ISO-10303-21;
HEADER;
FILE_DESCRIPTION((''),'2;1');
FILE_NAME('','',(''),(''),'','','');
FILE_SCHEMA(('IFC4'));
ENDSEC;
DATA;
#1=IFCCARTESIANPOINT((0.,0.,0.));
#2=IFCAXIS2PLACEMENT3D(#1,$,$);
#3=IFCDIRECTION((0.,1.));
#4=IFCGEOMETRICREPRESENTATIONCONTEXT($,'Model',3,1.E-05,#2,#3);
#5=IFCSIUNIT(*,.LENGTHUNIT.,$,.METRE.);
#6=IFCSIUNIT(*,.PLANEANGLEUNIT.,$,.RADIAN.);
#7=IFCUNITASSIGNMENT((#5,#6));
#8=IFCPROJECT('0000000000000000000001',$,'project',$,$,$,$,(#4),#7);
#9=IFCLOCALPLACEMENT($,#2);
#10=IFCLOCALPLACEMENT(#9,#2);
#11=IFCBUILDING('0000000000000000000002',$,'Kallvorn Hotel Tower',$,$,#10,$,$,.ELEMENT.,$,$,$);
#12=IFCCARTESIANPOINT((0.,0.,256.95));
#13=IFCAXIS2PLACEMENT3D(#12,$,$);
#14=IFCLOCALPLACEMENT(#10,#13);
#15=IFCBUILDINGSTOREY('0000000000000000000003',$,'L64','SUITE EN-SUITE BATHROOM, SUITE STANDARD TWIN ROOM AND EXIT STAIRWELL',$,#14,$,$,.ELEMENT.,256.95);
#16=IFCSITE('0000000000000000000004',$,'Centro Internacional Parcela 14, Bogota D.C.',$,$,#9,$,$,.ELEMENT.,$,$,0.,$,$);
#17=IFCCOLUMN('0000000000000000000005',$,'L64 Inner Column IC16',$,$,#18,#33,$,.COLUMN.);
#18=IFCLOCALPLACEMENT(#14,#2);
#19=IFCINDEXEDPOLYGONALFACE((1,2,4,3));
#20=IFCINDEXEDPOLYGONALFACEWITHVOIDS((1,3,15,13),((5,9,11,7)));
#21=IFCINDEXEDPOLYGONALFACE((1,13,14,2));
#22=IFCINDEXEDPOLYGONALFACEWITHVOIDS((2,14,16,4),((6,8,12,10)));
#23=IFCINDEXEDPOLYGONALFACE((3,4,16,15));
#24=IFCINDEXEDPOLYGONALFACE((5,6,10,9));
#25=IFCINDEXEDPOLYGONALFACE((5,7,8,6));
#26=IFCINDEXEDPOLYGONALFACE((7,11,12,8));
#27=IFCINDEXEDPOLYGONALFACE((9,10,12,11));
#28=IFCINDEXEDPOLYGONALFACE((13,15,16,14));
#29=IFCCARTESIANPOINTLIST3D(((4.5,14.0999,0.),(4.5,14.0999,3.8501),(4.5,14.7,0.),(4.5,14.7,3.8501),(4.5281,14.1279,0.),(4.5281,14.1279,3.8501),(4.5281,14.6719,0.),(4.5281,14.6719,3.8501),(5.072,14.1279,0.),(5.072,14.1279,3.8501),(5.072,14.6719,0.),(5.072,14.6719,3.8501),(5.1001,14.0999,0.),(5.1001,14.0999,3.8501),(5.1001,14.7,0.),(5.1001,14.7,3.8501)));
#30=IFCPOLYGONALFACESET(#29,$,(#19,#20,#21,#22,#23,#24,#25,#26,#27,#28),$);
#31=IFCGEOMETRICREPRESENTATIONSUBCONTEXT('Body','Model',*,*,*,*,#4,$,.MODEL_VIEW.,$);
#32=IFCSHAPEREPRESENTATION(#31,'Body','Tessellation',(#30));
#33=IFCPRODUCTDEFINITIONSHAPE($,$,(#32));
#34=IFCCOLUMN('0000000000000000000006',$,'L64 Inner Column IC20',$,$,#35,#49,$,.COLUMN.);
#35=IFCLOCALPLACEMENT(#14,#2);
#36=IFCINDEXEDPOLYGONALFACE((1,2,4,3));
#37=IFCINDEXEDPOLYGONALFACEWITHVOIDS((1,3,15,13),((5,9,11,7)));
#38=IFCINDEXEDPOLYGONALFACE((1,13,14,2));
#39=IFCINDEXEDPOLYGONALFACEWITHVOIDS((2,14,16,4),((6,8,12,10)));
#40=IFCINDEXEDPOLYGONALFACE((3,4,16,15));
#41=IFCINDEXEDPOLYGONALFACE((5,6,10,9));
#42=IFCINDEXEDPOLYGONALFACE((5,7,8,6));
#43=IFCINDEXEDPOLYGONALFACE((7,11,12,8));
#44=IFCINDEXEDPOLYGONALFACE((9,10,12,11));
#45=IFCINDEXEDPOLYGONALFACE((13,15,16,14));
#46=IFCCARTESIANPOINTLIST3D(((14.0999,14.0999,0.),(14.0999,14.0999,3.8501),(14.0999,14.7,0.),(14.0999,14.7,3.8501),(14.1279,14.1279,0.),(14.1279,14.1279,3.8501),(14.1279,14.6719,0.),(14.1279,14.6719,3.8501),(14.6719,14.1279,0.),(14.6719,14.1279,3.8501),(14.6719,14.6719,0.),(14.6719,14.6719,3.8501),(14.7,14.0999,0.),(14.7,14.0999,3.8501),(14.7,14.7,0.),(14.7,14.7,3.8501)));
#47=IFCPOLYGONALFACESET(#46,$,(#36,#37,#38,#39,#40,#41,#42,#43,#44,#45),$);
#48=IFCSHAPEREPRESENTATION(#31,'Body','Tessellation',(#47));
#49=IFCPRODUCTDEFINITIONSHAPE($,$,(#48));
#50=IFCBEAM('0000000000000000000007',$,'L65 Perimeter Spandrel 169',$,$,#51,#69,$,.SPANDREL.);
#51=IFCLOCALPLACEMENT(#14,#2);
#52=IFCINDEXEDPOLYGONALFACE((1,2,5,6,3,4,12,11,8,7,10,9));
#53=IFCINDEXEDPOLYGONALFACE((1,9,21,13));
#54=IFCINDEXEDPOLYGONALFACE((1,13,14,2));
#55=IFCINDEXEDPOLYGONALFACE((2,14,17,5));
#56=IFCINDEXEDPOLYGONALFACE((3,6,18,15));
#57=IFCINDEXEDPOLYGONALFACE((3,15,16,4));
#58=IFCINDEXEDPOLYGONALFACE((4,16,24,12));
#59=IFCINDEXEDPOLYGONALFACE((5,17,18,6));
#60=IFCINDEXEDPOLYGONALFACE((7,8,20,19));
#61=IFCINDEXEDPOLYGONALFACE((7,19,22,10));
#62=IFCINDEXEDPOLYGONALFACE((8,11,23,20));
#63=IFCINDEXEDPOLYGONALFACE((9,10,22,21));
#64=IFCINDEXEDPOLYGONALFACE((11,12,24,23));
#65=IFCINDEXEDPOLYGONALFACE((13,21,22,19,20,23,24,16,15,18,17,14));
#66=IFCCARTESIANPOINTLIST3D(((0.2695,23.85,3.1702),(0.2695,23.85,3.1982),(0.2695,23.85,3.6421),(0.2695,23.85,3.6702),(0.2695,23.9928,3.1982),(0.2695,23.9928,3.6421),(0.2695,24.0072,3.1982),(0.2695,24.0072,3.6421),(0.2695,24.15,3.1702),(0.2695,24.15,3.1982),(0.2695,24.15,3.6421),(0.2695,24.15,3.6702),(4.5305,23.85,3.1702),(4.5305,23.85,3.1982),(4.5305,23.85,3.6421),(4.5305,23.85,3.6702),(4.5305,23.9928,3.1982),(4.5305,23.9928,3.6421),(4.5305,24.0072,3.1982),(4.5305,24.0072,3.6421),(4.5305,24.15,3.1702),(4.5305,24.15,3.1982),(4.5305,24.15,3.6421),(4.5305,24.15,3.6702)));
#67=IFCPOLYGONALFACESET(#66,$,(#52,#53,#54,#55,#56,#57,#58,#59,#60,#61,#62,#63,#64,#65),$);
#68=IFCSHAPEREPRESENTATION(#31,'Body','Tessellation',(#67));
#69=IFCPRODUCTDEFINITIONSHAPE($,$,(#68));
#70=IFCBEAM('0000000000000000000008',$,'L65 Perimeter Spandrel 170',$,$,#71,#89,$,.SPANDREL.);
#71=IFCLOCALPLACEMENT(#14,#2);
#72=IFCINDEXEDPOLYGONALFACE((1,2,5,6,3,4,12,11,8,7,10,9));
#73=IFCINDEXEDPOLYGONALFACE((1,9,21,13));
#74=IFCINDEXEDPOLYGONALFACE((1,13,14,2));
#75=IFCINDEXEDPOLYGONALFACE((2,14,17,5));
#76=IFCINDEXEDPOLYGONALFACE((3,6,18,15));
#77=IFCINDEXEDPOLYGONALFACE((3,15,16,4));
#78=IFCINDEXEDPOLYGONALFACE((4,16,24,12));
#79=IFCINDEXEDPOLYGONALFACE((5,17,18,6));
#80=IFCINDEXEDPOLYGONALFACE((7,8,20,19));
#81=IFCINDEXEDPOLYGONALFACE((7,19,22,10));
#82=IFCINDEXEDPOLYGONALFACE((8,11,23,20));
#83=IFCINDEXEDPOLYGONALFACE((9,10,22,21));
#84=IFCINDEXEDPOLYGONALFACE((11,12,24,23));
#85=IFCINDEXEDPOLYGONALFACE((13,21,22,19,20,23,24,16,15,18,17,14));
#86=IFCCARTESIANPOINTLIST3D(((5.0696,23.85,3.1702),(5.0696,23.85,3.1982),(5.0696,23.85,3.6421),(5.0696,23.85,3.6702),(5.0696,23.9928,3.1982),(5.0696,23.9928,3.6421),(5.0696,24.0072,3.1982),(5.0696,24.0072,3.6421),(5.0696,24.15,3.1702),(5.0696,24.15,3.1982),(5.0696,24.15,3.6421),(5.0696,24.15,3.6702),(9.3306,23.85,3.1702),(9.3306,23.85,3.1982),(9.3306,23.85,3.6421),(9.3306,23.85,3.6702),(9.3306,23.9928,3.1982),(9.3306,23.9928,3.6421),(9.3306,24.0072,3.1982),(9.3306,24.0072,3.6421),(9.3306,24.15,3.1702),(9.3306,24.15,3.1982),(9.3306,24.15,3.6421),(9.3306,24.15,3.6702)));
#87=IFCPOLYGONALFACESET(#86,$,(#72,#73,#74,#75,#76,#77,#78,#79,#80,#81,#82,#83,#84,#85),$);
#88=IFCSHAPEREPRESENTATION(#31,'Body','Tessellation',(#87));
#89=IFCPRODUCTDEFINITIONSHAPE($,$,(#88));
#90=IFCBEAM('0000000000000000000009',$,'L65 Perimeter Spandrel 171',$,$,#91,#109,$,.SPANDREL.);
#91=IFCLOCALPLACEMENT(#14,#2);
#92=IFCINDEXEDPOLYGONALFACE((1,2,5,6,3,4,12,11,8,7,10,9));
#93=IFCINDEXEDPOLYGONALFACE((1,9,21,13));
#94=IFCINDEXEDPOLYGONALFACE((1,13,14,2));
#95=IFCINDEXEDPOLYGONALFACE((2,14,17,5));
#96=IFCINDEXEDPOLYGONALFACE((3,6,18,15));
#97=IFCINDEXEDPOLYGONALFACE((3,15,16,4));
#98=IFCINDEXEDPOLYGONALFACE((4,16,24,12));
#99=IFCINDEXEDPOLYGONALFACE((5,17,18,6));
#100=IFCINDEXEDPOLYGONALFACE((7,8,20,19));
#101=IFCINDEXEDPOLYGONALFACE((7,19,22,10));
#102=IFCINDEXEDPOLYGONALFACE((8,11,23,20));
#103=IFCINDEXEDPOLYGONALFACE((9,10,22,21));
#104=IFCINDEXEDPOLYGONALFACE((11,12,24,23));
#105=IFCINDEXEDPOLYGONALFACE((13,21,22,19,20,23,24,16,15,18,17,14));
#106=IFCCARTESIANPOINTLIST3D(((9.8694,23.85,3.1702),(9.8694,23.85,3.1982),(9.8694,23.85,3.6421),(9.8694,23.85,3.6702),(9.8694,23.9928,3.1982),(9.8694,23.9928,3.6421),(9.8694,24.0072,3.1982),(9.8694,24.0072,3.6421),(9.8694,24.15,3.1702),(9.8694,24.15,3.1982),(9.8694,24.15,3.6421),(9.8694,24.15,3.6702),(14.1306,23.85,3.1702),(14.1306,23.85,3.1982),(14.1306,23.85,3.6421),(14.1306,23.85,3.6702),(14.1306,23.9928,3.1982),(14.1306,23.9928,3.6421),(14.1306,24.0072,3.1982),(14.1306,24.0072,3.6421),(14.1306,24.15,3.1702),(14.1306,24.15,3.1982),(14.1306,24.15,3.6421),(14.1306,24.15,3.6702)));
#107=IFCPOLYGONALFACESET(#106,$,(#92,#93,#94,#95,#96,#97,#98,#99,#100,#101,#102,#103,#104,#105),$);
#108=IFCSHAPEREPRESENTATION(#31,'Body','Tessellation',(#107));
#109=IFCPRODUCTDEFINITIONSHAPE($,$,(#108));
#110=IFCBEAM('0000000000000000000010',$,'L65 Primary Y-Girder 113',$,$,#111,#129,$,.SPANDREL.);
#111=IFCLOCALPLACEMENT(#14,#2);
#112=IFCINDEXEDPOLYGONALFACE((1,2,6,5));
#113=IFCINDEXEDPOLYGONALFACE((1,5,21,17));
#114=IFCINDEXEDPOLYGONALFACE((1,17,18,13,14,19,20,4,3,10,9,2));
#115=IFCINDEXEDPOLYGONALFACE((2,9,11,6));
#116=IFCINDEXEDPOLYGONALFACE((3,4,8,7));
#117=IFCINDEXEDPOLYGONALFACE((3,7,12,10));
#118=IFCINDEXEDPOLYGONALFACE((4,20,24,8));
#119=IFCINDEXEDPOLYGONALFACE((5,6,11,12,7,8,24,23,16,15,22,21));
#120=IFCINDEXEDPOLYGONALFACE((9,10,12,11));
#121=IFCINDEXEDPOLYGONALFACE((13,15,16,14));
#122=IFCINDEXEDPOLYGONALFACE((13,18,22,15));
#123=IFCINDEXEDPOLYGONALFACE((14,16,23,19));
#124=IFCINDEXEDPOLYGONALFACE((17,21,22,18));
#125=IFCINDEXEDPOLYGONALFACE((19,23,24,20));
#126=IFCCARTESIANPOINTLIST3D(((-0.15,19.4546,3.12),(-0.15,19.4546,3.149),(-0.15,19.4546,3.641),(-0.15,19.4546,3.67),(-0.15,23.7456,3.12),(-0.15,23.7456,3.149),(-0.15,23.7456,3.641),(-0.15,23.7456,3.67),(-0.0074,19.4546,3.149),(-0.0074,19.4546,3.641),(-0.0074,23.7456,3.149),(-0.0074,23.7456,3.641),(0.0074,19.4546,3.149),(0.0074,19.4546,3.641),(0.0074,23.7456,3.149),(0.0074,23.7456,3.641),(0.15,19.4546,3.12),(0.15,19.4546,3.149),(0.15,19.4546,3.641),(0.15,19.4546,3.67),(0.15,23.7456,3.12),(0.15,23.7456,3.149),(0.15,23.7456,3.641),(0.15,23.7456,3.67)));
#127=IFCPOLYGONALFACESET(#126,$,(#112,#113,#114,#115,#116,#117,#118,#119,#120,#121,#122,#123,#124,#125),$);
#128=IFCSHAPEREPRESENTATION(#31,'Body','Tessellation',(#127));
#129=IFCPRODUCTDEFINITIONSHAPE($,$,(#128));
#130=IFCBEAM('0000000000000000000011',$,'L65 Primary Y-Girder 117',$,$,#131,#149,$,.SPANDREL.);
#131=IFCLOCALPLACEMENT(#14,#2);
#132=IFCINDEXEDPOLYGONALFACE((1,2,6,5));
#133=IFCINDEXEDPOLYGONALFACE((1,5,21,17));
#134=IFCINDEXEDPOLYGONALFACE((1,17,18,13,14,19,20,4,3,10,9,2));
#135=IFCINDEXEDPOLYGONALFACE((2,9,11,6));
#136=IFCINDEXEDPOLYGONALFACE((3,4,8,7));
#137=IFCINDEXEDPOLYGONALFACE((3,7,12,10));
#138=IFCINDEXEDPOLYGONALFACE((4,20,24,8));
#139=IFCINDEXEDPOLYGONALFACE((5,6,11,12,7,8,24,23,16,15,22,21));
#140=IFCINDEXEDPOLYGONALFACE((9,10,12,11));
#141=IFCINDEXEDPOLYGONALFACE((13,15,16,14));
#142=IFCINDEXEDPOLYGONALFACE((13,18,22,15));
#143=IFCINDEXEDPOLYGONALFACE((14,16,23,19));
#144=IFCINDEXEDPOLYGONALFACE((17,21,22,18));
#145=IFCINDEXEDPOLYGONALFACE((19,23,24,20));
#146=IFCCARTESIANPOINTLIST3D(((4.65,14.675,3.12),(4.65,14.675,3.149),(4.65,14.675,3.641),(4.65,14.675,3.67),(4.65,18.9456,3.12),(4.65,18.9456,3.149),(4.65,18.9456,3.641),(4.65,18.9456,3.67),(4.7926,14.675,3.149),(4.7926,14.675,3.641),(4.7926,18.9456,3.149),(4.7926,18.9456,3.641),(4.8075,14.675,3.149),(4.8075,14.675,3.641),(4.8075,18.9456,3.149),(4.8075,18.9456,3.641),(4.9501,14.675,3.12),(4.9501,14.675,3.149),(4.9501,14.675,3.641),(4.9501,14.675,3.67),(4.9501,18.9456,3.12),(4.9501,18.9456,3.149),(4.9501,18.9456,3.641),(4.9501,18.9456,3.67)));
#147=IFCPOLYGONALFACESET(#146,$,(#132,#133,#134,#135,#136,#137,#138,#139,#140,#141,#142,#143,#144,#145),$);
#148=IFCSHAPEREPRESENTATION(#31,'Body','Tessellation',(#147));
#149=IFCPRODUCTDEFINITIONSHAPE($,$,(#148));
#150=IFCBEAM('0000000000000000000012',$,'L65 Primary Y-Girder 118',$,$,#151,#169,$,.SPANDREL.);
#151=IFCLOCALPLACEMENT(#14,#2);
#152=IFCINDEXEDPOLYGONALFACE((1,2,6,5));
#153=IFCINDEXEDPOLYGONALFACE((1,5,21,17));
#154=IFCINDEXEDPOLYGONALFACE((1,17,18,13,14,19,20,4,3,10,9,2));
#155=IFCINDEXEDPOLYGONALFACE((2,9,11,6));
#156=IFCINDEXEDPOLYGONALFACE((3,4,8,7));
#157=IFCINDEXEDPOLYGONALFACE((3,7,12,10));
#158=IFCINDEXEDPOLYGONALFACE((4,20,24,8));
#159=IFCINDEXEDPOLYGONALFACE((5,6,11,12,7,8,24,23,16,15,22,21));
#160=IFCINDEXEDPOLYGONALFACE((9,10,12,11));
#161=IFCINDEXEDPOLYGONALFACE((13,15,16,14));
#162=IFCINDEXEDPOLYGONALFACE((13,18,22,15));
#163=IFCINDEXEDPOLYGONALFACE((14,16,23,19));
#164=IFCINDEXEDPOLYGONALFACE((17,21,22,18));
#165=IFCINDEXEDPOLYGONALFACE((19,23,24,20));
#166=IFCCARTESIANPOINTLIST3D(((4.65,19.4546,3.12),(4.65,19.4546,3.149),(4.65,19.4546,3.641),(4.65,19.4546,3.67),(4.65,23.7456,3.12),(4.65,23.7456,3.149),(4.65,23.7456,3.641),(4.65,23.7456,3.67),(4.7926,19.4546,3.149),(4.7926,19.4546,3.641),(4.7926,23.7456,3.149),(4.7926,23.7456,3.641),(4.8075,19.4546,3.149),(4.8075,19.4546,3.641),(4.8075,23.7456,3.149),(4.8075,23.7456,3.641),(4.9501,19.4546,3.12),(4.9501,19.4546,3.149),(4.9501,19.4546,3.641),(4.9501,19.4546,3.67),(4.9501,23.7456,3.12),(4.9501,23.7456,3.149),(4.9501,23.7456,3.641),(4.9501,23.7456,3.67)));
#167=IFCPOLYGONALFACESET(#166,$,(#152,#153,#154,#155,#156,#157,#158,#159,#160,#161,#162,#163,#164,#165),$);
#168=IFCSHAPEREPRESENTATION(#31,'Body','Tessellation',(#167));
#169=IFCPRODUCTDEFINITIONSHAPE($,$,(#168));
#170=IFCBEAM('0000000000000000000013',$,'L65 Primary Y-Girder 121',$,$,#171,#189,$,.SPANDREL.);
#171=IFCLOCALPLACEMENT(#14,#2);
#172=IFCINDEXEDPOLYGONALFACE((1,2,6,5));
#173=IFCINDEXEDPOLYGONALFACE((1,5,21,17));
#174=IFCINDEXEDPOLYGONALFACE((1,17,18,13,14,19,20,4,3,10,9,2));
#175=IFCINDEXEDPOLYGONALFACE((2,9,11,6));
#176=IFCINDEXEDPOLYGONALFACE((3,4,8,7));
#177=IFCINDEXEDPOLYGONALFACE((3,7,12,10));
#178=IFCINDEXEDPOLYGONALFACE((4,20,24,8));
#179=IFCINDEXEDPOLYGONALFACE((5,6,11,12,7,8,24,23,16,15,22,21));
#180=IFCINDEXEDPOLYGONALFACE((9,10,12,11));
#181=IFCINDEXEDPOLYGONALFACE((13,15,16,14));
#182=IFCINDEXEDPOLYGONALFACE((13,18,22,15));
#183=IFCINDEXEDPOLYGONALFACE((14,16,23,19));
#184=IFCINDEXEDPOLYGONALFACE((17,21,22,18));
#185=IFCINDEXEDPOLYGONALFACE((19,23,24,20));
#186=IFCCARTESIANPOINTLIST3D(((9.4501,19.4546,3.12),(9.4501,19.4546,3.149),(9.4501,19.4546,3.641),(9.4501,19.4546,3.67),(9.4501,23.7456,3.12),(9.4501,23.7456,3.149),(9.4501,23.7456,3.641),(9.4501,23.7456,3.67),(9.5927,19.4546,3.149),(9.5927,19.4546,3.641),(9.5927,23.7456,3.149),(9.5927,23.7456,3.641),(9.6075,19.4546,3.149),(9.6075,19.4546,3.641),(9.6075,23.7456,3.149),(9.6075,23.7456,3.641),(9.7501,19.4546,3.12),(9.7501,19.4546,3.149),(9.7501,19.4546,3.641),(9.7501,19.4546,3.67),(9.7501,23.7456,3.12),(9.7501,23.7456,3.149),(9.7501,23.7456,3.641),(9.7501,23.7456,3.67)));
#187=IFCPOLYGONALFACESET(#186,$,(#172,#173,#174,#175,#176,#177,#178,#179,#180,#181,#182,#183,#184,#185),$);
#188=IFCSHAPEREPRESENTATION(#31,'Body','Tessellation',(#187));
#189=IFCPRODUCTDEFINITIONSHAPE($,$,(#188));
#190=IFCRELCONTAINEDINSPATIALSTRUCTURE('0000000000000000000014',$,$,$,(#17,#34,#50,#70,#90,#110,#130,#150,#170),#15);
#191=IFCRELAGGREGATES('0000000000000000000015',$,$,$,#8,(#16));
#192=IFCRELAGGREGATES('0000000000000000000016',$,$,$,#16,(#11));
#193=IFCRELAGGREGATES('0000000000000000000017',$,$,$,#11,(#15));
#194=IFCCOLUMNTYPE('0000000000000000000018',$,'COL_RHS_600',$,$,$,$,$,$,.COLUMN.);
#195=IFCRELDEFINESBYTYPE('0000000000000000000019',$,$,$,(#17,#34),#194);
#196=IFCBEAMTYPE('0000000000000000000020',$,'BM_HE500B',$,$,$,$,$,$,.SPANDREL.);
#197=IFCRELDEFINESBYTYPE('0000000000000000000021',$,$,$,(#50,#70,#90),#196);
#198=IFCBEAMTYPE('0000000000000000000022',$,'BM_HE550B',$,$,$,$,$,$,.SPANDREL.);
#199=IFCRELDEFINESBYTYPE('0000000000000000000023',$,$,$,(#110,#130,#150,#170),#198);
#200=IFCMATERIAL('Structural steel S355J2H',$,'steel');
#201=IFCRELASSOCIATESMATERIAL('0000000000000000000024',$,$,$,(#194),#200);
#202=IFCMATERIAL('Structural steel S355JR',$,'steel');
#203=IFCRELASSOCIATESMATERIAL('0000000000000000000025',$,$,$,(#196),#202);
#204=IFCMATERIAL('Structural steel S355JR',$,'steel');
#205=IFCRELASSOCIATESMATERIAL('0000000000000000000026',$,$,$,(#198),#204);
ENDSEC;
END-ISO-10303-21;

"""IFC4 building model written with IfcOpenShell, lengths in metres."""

from ifc_helpers import new_model, si_unit, direction, frame, origin, origin_2d, place, context, subcontext, project, spatial, hollow_rectangle, i_section, extrude, material, material_profile, profile_set, type_object, element, save


model = new_model("IFC4")

# Units and contexts
model_context = context("Model", 3, precision=1e-05, world=origin(), true_north=direction((0.0, 1.0)))
body_context = subcontext(model_context, "Body", "Model", "MODEL_VIEW")
ifc_project = project(units=[si_unit("LENGTHUNIT", "METRE"), si_unit("PLANEANGLEUNIT", "RADIAN")], contexts=[model_context])

# Site, building, storey
site_placement = place(None, origin())
site = spatial("IfcSite", under=ifc_project, at=site_placement, Name="Centro Internacional Parcela 14, Bogota D.C.", CompositionType="ELEMENT", RefElevation=0.0)
building_placement = place(site_placement, origin())
building = spatial("IfcBuilding", under=site, at=building_placement, Name="Kallvorn Hotel Tower", CompositionType="ELEMENT")
storey_placement = place(building_placement, frame((0.0, 0.0, 256.95)))
storey = spatial("IfcBuildingStorey", under=building, at=storey_placement, Name="L64", Description="SUITE EN-SUITE BATHROOM, SUITE STANDARD TWIN ROOM AND EXIT STAIRWELL", CompositionType="ELEMENT", Elevation=256.95)

# Columns
ifc_material_1 = material(Name="Structural steel S355J2H", Category="steel")
ifc_material_profile_1 = material_profile(ifc_material_1, hollow_rectangle(XDim=0.6001, YDim=0.6001, WallThickness=0.0281, at=origin_2d()), Name="RHS 600x600x28")
ifc_profile_set_1 = profile_set([ifc_material_profile_1], Name="Structural steel S355J2H")
column_type_1 = type_object("IfcColumnType", Name="COL_RHS_600", PredefinedType="COLUMN", material=ifc_profile_set_1)
for number, where, z_axis, x_axis, name in (
    (1, (4.8, 14.3999, 0.0), (0.0, 0.0, 1.0), (1.0, 0.0, 0.0), "L64 Inner Column IC16"),
    (2, (14.3999, 14.3999, 0.0), (0.0, 0.0, 1.0), (1.0, 0.0, 0.0), "L64 Inner Column IC20"),
):
    element("IfcColumn", number, at=place(storey_placement, frame(where, z_axis=z_axis, x_axis=x_axis)), inside=storey, type_object=column_type_1, Name=name, PredefinedType="COLUMN", context=body_context, shape_type="SweptSolid", body=[
        extrude(hollow_rectangle(XDim=0.6001, YDim=0.6001, WallThickness=0.0281, at=origin_2d()), origin(), (0.0, 0.0, 1.0), 3.8501),
    ])

# Beams
ifc_material_2 = material(Name="Structural steel S355JR", Category="steel")
ifc_material_profile_2 = material_profile(ifc_material_2, i_section(OverallWidth=0.3, OverallDepth=0.5, WebThickness=0.0144, FlangeThickness=0.0281, at=origin_2d()), Name="HE 500 B")
ifc_profile_set_2 = profile_set([ifc_material_profile_2], Name="Structural steel S355JR")
beam_type_1 = type_object("IfcBeamType", Name="BM_HE500B", PredefinedType="SPANDREL", material=ifc_profile_set_2)
for number, where, z_axis, x_axis, name in (
    (3, (0.2695, 24.0, 3.4202), (1.0, 0.0, 0.0), (0.0, 1.0, 0.0), "L65 Perimeter Spandrel 169"),
    (4, (5.0696, 24.0, 3.4202), (1.0, 0.0, 0.0), (0.0, 1.0, 0.0), "L65 Perimeter Spandrel 170"),
):
    element("IfcBeam", number, at=place(storey_placement, frame(where, z_axis=z_axis, x_axis=x_axis)), inside=storey, type_object=beam_type_1, Name=name, PredefinedType="SPANDREL", context=body_context, shape_type="SweptSolid", body=[
        extrude(i_section(OverallWidth=0.3, OverallDepth=0.5, WebThickness=0.0144, FlangeThickness=0.0281, at=origin_2d()), origin(), (0.0, 0.0, 1.0), 4.261),
    ])
beam_1_placement = place(storey_placement, frame((9.8694, 24.0, 3.4202), z_axis=(1.0, 0.0, 0.0), x_axis=(0.0, 1.0, 0.0)))
element("IfcBeam", 5, at=beam_1_placement, inside=storey, type_object=beam_type_1, Name="L65 Perimeter Spandrel 171", PredefinedType="SPANDREL", context=body_context, shape_type="SweptSolid", body=[
    extrude(i_section(OverallWidth=0.3, OverallDepth=0.5, WebThickness=0.0144, FlangeThickness=0.0281, at=origin_2d()), origin(), (0.0, 0.0, 1.0), 4.2612),
])
ifc_material_3 = material(Name="Structural steel S355JR", Category="steel")
ifc_material_profile_3 = material_profile(ifc_material_3, i_section(OverallWidth=0.3, OverallDepth=0.55, WebThickness=0.0149, FlangeThickness=0.0291, at=origin_2d()), Name="HE 550 B")
ifc_profile_set_3 = profile_set([ifc_material_profile_3], Name="Structural steel S355JR")
beam_type_2 = type_object("IfcBeamType", Name="BM_HE550B", PredefinedType="SPANDREL", material=ifc_profile_set_3)
beam_2_placement = place(storey_placement, frame((0.0, 19.4546, 3.395), z_axis=(0.0, 1.0, 0.0), x_axis=(-1.0, 0.0, 0.0)))
element("IfcBeam", 6, at=beam_2_placement, inside=storey, type_object=beam_type_2, Name="L65 Primary Y-Girder 113", PredefinedType="SPANDREL", context=body_context, shape_type="SweptSolid", body=[
    extrude(i_section(OverallWidth=0.3, OverallDepth=0.55, WebThickness=0.0149, FlangeThickness=0.0291, at=origin_2d()), origin(), (0.0, 0.0, 1.0), 4.291),
])
beam_3_placement = place(storey_placement, frame((4.8, 14.675, 3.395), z_axis=(0.0, 1.0, 0.0), x_axis=(-1.0, 0.0, 0.0)))
element("IfcBeam", 7, at=beam_3_placement, inside=storey, type_object=beam_type_2, Name="L65 Primary Y-Girder 117", PredefinedType="SPANDREL", context=body_context, shape_type="SweptSolid", body=[
    extrude(i_section(OverallWidth=0.3, OverallDepth=0.55, WebThickness=0.0149, FlangeThickness=0.0291, at=origin_2d()), origin(), (0.0, 0.0, 1.0), 4.2705),
])
for number, where, z_axis, x_axis, name in (
    (8, (4.8, 19.4546, 3.395), (0.0, 1.0, 0.0), (-1.0, 0.0, 0.0), "L65 Primary Y-Girder 118"),
    (9, (9.6001, 19.4546, 3.395), (0.0, 1.0, 0.0), (-1.0, 0.0, 0.0), "L65 Primary Y-Girder 121"),
):
    element("IfcBeam", number, at=place(storey_placement, frame(where, z_axis=z_axis, x_axis=x_axis)), inside=storey, type_object=beam_type_2, Name=name, PredefinedType="SPANDREL", context=body_context, shape_type="SweptSolid", body=[
        extrude(i_section(OverallWidth=0.3, OverallDepth=0.55, WebThickness=0.0149, FlangeThickness=0.0291, at=origin_2d()), origin(), (0.0, 0.0, 1.0), 4.291),
    ])

save(model, "model.ifc")
